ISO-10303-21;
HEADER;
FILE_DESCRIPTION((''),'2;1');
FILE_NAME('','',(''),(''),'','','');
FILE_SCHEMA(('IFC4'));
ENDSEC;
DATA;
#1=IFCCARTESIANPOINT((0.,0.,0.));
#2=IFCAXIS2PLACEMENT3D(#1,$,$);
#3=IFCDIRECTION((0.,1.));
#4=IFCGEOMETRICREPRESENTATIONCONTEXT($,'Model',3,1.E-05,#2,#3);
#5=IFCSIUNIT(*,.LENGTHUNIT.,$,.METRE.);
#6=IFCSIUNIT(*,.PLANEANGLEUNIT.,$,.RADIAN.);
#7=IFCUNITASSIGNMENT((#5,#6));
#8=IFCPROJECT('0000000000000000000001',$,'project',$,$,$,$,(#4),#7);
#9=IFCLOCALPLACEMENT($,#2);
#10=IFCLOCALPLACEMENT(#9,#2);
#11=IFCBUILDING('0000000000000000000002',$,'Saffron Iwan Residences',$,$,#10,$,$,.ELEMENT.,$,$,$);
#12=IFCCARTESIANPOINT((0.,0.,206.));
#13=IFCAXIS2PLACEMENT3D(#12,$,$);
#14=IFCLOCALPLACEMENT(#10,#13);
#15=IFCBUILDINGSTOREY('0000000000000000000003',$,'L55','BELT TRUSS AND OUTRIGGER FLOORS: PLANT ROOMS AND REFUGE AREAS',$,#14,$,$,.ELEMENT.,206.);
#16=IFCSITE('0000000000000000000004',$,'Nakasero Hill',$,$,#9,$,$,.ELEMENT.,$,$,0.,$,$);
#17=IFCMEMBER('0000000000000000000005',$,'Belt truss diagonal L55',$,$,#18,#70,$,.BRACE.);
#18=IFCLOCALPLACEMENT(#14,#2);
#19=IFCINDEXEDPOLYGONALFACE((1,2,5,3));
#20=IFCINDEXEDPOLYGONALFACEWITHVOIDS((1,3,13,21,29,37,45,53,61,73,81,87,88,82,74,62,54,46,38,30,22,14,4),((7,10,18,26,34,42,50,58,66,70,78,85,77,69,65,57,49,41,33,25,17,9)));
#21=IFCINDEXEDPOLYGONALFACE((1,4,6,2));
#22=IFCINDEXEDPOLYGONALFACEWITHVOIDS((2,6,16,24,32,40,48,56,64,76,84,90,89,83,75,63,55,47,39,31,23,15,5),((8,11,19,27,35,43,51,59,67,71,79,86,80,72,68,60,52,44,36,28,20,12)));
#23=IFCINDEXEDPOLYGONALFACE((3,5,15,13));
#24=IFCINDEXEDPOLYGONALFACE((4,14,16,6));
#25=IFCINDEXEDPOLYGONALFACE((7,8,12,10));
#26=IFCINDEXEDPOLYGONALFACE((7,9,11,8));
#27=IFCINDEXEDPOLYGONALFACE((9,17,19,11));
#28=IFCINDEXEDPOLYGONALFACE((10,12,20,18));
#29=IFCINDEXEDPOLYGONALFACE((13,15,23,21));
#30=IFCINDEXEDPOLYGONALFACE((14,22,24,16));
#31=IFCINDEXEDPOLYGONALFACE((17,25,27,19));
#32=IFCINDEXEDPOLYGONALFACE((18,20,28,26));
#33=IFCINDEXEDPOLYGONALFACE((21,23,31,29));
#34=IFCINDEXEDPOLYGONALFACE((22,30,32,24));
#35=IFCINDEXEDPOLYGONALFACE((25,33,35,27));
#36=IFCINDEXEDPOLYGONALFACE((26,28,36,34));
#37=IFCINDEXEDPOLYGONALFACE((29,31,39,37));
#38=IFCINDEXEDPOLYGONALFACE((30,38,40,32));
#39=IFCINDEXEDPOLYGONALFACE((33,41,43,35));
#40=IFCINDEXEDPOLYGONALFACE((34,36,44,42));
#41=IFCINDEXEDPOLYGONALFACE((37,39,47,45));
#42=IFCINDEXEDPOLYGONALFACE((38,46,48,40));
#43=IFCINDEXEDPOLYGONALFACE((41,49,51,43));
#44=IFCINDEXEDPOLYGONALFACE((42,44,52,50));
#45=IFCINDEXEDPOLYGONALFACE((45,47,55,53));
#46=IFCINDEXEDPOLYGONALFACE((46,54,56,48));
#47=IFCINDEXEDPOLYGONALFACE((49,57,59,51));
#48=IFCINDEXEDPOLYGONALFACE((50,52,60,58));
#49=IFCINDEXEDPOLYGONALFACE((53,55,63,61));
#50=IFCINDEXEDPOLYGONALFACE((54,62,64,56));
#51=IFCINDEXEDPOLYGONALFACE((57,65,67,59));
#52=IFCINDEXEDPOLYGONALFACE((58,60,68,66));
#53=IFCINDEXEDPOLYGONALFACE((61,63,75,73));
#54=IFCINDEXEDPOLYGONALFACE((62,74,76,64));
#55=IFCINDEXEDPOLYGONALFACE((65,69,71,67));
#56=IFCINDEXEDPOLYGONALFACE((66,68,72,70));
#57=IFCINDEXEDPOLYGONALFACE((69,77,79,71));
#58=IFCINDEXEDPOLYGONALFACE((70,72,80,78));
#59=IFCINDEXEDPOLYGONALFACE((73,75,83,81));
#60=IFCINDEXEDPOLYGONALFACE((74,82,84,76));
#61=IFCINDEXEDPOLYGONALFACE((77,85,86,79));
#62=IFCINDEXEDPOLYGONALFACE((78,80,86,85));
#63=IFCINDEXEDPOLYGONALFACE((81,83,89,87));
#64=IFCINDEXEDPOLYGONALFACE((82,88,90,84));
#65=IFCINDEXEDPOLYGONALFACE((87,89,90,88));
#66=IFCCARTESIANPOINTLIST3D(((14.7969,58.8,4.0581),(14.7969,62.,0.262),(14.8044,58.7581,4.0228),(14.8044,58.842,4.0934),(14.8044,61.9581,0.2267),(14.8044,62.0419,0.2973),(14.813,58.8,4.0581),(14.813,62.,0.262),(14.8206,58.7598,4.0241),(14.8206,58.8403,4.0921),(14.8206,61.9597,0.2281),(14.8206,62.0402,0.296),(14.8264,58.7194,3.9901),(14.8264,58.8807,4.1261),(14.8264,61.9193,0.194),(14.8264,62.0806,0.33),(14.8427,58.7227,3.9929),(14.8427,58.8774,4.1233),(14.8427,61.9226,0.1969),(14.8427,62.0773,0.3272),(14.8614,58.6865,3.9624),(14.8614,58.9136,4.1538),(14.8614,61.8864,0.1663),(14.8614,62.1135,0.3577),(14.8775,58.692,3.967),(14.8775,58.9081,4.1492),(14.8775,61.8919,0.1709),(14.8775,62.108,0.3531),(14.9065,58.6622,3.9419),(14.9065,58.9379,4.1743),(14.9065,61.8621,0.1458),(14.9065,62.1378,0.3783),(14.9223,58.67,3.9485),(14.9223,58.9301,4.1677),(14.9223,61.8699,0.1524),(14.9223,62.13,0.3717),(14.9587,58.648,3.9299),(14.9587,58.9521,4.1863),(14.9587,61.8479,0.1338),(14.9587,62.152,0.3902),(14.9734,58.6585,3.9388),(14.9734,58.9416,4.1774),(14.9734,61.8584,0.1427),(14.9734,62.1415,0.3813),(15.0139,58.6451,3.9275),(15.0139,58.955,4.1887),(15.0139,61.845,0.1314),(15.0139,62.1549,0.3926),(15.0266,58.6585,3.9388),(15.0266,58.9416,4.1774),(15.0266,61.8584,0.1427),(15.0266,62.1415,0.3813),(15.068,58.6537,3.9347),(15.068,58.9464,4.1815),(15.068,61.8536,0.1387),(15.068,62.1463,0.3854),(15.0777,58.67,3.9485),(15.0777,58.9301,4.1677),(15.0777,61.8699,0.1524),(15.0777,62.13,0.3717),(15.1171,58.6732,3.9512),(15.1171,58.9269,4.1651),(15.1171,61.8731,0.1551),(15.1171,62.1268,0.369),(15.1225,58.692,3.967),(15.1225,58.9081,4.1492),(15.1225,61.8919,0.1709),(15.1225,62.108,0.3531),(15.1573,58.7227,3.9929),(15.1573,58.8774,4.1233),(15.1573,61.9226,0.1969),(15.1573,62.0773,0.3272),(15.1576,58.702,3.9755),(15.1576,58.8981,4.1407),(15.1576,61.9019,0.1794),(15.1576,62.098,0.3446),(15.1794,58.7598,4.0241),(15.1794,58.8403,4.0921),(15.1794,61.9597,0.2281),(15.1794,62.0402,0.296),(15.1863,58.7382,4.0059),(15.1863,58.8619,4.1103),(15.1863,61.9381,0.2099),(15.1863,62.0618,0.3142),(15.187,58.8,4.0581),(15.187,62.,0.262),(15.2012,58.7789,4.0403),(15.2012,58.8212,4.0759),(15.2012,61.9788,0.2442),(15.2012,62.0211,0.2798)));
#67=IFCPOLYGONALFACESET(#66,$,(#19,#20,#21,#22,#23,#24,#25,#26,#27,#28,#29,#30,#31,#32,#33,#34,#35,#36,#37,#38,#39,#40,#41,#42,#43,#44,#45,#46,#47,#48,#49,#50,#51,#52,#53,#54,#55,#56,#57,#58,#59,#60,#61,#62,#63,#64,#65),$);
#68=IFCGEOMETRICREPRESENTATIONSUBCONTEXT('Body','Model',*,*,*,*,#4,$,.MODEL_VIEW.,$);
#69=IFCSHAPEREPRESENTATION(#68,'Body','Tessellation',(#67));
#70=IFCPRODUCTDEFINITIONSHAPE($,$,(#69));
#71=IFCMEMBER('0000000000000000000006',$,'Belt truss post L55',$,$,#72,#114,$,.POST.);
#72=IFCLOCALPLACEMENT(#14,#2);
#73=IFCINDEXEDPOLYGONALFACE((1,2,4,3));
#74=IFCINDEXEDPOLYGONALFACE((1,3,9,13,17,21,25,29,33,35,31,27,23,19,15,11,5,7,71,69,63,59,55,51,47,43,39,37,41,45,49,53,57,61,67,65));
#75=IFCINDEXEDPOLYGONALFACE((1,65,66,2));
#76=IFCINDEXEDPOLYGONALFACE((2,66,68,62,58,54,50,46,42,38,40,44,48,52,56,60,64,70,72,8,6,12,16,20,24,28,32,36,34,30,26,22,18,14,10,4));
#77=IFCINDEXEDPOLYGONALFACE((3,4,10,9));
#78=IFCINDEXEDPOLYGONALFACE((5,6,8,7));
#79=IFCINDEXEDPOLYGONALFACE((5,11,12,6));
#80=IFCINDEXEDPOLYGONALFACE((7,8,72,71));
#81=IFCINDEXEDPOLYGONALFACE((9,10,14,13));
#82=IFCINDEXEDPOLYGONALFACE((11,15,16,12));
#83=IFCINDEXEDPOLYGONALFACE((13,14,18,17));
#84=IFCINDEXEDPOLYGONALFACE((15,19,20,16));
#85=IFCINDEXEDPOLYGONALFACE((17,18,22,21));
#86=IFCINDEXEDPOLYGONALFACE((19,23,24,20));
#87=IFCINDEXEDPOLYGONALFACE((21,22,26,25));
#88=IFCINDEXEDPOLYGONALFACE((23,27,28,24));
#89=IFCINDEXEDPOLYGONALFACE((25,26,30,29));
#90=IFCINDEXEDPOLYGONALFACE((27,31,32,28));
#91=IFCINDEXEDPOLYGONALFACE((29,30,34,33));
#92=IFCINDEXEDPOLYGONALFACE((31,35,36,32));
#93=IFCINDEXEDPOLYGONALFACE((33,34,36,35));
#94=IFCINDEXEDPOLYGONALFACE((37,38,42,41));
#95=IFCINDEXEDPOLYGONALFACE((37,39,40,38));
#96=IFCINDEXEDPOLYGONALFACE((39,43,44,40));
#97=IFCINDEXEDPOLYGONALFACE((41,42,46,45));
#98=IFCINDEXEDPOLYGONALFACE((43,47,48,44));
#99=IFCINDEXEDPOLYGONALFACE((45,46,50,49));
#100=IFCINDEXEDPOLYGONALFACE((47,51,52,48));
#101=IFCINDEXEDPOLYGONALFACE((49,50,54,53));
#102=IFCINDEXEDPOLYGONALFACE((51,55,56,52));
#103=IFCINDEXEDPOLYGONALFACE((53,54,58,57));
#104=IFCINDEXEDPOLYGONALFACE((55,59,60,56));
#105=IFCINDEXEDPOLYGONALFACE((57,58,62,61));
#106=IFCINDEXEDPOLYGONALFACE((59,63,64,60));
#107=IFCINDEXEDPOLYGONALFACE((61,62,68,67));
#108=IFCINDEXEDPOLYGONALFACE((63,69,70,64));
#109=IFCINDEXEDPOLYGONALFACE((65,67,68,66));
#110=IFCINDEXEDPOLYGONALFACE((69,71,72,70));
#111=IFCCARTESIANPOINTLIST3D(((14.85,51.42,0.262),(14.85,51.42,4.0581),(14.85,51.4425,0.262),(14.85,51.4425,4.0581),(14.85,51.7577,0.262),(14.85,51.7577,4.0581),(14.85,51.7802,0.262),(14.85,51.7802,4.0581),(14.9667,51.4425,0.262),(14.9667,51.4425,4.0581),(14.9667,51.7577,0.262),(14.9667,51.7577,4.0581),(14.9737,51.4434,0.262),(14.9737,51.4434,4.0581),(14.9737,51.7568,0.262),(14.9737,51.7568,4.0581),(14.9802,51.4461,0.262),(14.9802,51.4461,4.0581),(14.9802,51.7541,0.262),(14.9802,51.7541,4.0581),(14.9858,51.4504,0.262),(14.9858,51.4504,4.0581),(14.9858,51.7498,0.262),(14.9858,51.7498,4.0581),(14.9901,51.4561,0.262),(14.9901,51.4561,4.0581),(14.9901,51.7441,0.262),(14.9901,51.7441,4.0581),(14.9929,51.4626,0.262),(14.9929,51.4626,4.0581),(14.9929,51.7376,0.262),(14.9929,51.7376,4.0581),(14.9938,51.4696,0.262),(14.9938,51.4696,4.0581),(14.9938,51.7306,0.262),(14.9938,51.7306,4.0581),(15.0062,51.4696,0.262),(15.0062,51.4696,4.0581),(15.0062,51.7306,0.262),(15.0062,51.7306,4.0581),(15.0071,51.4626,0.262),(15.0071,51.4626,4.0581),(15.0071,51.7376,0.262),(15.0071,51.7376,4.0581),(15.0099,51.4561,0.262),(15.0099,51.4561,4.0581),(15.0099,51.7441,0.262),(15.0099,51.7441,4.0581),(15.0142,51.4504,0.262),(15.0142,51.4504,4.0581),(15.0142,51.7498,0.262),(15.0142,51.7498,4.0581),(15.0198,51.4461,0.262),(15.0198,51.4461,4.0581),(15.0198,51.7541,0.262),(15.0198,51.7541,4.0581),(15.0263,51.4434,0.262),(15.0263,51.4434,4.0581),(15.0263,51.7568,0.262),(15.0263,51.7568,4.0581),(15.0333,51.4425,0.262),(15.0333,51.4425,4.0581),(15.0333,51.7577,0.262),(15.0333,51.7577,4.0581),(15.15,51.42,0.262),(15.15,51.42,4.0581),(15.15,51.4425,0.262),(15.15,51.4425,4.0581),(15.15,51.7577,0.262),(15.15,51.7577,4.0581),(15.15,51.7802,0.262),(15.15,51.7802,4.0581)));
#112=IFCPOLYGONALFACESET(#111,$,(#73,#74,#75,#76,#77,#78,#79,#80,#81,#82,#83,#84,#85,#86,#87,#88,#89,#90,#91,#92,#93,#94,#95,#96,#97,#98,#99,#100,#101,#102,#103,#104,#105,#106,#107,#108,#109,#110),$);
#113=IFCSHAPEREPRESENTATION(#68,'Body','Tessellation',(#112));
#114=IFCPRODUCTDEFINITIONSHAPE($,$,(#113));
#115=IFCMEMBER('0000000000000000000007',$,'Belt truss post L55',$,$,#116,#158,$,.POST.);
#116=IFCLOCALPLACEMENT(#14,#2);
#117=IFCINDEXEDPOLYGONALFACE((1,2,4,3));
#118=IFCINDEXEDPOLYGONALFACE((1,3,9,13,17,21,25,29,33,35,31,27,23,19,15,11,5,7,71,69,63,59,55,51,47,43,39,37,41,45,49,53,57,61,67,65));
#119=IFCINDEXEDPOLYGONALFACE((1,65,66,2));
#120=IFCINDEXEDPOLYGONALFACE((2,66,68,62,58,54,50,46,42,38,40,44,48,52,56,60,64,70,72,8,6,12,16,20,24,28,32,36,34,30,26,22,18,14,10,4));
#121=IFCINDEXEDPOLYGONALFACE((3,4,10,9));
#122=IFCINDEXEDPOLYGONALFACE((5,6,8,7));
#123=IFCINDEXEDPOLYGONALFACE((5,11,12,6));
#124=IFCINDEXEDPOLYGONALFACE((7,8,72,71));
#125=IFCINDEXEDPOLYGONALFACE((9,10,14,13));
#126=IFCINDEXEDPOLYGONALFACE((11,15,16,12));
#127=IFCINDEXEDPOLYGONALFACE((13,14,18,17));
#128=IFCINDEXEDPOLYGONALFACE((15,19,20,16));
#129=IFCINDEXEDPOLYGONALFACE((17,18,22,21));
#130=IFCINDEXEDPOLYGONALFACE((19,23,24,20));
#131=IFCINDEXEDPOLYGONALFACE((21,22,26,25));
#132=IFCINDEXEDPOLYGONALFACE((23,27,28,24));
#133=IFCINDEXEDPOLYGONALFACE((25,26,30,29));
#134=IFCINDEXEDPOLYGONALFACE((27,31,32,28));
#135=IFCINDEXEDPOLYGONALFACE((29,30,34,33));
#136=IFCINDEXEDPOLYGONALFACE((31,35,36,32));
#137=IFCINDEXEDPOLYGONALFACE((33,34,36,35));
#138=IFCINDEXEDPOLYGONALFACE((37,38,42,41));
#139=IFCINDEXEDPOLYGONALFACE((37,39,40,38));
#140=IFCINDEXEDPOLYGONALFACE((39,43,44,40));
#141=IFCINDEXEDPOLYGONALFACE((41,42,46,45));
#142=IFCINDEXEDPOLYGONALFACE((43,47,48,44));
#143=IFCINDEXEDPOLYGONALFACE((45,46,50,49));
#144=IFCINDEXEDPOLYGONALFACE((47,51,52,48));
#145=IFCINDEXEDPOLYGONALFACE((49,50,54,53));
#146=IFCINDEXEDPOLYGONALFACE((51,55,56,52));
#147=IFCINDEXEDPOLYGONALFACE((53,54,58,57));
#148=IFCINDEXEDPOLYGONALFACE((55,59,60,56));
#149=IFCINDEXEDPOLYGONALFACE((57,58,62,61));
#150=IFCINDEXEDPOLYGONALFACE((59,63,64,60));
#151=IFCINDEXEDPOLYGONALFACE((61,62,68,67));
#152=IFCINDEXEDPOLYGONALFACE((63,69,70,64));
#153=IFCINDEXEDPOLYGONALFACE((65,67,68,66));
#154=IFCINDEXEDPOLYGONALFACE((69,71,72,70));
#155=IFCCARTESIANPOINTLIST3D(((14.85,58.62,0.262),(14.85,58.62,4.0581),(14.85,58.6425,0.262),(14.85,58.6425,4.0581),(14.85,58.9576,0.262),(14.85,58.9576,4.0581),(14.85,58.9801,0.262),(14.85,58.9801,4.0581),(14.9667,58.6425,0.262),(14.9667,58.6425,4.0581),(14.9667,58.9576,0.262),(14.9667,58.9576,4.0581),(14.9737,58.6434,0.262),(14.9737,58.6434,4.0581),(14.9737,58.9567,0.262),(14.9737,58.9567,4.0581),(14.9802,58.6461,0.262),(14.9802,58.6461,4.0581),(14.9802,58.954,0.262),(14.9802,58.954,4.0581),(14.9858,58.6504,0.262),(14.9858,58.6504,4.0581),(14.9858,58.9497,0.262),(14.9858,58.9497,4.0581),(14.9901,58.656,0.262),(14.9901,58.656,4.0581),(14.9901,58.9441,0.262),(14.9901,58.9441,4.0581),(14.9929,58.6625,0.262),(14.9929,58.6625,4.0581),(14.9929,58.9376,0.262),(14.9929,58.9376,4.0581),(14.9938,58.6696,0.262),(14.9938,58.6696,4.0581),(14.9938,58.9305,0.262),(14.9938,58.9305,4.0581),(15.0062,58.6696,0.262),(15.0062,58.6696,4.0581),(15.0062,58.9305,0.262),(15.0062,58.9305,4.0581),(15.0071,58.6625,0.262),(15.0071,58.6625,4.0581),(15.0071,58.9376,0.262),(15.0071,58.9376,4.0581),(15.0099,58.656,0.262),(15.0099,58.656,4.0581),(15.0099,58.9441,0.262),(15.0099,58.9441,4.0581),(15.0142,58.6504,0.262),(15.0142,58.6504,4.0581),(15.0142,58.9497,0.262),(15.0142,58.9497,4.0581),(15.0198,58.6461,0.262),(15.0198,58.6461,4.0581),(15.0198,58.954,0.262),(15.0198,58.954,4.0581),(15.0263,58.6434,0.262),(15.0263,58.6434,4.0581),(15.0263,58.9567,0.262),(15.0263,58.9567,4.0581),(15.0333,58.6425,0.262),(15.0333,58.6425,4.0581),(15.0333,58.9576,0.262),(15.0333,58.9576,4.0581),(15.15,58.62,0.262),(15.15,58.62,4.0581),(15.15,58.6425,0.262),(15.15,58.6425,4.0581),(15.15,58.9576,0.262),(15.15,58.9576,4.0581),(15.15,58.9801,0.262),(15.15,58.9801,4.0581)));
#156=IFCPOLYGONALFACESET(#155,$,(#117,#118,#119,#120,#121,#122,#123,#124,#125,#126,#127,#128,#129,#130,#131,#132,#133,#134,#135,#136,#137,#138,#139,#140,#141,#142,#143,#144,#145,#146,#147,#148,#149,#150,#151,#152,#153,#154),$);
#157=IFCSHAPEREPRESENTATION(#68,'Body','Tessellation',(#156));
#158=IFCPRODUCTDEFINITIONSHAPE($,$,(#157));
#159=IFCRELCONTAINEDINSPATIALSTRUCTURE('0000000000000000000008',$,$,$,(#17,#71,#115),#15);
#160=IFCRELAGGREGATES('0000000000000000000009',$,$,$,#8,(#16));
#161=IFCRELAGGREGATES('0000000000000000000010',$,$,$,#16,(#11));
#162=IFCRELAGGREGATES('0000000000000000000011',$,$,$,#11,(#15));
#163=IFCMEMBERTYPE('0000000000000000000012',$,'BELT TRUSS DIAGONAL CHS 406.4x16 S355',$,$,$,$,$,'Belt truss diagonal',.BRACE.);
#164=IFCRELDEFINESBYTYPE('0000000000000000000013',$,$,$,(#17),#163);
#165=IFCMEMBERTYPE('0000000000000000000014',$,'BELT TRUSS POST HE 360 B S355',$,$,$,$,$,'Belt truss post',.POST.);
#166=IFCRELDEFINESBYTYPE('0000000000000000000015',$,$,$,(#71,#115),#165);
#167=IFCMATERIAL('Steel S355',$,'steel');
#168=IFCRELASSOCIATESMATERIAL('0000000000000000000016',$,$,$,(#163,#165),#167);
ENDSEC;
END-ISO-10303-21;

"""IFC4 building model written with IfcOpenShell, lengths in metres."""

from ifc_helpers import new_model, si_unit, direction, frame, origin, origin_2d, place, context, subcontext, project, spatial, hollow_circle, i_section, extrude, source, transform, mapped, material, material_profile, profile_set, type_object, element, save


model = new_model("IFC4")

# Units and contexts
model_context = context("Model", 3, precision=1e-05, world=origin(), true_north=direction((0.0, 1.0)))
body_context = subcontext(model_context, "Body", "Model", "MODEL_VIEW")
ifc_project = project(units=[si_unit("LENGTHUNIT", "METRE"), si_unit("PLANEANGLEUNIT", "RADIAN")], contexts=[model_context])

# Site, building, storey
site_placement = place(None, origin())
site = spatial("IfcSite", under=ifc_project, at=site_placement, Name="Nakasero Hill", CompositionType="ELEMENT", RefElevation=0.0)
building_placement = place(site_placement, origin())
building = spatial("IfcBuilding", under=site, at=building_placement, Name="Saffron Iwan Residences", CompositionType="ELEMENT")
storey_placement = place(building_placement, frame((0.0, 0.0, 206.0)))
storey = spatial("IfcBuildingStorey", under=building, at=storey_placement, Name="L55", Description="BELT TRUSS AND OUTRIGGER FLOORS: PLANT ROOMS AND REFUGE AREAS", CompositionType="ELEMENT", Elevation=206.0)

# Members
ifc_material_1 = material(Name="Steel S355", Category="steel")
ifc_material_profile_1 = material_profile(ifc_material_1, hollow_circle(Radius=0.2031, WallThickness=0.0161, at=origin_2d()), Name="CHS 406.4x16")
ifc_profile_set_1 = profile_set([ifc_material_profile_1], Name="Steel S355")
member_type_1 = type_object("IfcMemberType", Name="BELT TRUSS DIAGONAL CHS 406.4x16 S355", ElementType="Belt truss diagonal", PredefinedType="BRACE", material=ifc_profile_set_1)
shared_shape_1 = source(origin(), body_context, "Body", "SweptSolid", [
    extrude(hollow_circle(Radius=0.2031, WallThickness=0.0161, at=origin_2d()), origin(), (0.0, 0.0, 1.0), 4.9648),
])
for number, where, z_axis, x_axis, name in (
    (1, (15.0, 58.8, 4.0581), (0.0, 0.644513, -0.764594), (-1.0, 0.0, 0.0), "Belt truss diagonal L55"),
):
    element("IfcMember", number, at=place(storey_placement, frame(where, z_axis=z_axis, x_axis=x_axis)), inside=storey, type_object=member_type_1, Name=name, PredefinedType="BRACE", context=body_context, shape_type="MappedRepresentation", body=[
        mapped(shared_shape_1, transform((0.0, 0.0, 0.0))),
    ])
ifc_material_profile_2 = material_profile(ifc_material_1, i_section(OverallWidth=0.3, OverallDepth=0.3601, WebThickness=0.0125, FlangeThickness=0.0225, FilletRadius=0.0271, at=origin_2d()), Name="HE 360 B")
ifc_profile_set_2 = profile_set([ifc_material_profile_2], Name="Steel S355")
member_type_2 = type_object("IfcMemberType", Name="BELT TRUSS POST HE 360 B S355", ElementType="Belt truss post", PredefinedType="POST", material=ifc_profile_set_2)
shared_shape_2 = source(origin(), body_context, "Body", "SweptSolid", [
    extrude(i_section(OverallWidth=0.3, OverallDepth=0.3601, WebThickness=0.0125, FlangeThickness=0.0225, FilletRadius=0.0271, at=origin_2d()), origin(), (0.0, 0.0, 1.0), 3.7961),
])
for number, where, z_axis, x_axis, name in (
    (2, (15.0, 51.6001, 0.262), (0.0, 0.0, 1.0), (1.0, 0.0, 0.0), "Belt truss post L55"),
    (3, (15.0, 58.8, 0.262), (0.0, 0.0, 1.0), (1.0, 0.0, 0.0), "Belt truss post L55"),
):
    element("IfcMember", number, at=place(storey_placement, frame(where, z_axis=z_axis, x_axis=x_axis)), inside=storey, type_object=member_type_2, Name=name, PredefinedType="POST", context=body_context, shape_type="MappedRepresentation", body=[
        mapped(shared_shape_2, transform((0.0, 0.0, 0.0))),
    ])

save(model, "model.ifc")
